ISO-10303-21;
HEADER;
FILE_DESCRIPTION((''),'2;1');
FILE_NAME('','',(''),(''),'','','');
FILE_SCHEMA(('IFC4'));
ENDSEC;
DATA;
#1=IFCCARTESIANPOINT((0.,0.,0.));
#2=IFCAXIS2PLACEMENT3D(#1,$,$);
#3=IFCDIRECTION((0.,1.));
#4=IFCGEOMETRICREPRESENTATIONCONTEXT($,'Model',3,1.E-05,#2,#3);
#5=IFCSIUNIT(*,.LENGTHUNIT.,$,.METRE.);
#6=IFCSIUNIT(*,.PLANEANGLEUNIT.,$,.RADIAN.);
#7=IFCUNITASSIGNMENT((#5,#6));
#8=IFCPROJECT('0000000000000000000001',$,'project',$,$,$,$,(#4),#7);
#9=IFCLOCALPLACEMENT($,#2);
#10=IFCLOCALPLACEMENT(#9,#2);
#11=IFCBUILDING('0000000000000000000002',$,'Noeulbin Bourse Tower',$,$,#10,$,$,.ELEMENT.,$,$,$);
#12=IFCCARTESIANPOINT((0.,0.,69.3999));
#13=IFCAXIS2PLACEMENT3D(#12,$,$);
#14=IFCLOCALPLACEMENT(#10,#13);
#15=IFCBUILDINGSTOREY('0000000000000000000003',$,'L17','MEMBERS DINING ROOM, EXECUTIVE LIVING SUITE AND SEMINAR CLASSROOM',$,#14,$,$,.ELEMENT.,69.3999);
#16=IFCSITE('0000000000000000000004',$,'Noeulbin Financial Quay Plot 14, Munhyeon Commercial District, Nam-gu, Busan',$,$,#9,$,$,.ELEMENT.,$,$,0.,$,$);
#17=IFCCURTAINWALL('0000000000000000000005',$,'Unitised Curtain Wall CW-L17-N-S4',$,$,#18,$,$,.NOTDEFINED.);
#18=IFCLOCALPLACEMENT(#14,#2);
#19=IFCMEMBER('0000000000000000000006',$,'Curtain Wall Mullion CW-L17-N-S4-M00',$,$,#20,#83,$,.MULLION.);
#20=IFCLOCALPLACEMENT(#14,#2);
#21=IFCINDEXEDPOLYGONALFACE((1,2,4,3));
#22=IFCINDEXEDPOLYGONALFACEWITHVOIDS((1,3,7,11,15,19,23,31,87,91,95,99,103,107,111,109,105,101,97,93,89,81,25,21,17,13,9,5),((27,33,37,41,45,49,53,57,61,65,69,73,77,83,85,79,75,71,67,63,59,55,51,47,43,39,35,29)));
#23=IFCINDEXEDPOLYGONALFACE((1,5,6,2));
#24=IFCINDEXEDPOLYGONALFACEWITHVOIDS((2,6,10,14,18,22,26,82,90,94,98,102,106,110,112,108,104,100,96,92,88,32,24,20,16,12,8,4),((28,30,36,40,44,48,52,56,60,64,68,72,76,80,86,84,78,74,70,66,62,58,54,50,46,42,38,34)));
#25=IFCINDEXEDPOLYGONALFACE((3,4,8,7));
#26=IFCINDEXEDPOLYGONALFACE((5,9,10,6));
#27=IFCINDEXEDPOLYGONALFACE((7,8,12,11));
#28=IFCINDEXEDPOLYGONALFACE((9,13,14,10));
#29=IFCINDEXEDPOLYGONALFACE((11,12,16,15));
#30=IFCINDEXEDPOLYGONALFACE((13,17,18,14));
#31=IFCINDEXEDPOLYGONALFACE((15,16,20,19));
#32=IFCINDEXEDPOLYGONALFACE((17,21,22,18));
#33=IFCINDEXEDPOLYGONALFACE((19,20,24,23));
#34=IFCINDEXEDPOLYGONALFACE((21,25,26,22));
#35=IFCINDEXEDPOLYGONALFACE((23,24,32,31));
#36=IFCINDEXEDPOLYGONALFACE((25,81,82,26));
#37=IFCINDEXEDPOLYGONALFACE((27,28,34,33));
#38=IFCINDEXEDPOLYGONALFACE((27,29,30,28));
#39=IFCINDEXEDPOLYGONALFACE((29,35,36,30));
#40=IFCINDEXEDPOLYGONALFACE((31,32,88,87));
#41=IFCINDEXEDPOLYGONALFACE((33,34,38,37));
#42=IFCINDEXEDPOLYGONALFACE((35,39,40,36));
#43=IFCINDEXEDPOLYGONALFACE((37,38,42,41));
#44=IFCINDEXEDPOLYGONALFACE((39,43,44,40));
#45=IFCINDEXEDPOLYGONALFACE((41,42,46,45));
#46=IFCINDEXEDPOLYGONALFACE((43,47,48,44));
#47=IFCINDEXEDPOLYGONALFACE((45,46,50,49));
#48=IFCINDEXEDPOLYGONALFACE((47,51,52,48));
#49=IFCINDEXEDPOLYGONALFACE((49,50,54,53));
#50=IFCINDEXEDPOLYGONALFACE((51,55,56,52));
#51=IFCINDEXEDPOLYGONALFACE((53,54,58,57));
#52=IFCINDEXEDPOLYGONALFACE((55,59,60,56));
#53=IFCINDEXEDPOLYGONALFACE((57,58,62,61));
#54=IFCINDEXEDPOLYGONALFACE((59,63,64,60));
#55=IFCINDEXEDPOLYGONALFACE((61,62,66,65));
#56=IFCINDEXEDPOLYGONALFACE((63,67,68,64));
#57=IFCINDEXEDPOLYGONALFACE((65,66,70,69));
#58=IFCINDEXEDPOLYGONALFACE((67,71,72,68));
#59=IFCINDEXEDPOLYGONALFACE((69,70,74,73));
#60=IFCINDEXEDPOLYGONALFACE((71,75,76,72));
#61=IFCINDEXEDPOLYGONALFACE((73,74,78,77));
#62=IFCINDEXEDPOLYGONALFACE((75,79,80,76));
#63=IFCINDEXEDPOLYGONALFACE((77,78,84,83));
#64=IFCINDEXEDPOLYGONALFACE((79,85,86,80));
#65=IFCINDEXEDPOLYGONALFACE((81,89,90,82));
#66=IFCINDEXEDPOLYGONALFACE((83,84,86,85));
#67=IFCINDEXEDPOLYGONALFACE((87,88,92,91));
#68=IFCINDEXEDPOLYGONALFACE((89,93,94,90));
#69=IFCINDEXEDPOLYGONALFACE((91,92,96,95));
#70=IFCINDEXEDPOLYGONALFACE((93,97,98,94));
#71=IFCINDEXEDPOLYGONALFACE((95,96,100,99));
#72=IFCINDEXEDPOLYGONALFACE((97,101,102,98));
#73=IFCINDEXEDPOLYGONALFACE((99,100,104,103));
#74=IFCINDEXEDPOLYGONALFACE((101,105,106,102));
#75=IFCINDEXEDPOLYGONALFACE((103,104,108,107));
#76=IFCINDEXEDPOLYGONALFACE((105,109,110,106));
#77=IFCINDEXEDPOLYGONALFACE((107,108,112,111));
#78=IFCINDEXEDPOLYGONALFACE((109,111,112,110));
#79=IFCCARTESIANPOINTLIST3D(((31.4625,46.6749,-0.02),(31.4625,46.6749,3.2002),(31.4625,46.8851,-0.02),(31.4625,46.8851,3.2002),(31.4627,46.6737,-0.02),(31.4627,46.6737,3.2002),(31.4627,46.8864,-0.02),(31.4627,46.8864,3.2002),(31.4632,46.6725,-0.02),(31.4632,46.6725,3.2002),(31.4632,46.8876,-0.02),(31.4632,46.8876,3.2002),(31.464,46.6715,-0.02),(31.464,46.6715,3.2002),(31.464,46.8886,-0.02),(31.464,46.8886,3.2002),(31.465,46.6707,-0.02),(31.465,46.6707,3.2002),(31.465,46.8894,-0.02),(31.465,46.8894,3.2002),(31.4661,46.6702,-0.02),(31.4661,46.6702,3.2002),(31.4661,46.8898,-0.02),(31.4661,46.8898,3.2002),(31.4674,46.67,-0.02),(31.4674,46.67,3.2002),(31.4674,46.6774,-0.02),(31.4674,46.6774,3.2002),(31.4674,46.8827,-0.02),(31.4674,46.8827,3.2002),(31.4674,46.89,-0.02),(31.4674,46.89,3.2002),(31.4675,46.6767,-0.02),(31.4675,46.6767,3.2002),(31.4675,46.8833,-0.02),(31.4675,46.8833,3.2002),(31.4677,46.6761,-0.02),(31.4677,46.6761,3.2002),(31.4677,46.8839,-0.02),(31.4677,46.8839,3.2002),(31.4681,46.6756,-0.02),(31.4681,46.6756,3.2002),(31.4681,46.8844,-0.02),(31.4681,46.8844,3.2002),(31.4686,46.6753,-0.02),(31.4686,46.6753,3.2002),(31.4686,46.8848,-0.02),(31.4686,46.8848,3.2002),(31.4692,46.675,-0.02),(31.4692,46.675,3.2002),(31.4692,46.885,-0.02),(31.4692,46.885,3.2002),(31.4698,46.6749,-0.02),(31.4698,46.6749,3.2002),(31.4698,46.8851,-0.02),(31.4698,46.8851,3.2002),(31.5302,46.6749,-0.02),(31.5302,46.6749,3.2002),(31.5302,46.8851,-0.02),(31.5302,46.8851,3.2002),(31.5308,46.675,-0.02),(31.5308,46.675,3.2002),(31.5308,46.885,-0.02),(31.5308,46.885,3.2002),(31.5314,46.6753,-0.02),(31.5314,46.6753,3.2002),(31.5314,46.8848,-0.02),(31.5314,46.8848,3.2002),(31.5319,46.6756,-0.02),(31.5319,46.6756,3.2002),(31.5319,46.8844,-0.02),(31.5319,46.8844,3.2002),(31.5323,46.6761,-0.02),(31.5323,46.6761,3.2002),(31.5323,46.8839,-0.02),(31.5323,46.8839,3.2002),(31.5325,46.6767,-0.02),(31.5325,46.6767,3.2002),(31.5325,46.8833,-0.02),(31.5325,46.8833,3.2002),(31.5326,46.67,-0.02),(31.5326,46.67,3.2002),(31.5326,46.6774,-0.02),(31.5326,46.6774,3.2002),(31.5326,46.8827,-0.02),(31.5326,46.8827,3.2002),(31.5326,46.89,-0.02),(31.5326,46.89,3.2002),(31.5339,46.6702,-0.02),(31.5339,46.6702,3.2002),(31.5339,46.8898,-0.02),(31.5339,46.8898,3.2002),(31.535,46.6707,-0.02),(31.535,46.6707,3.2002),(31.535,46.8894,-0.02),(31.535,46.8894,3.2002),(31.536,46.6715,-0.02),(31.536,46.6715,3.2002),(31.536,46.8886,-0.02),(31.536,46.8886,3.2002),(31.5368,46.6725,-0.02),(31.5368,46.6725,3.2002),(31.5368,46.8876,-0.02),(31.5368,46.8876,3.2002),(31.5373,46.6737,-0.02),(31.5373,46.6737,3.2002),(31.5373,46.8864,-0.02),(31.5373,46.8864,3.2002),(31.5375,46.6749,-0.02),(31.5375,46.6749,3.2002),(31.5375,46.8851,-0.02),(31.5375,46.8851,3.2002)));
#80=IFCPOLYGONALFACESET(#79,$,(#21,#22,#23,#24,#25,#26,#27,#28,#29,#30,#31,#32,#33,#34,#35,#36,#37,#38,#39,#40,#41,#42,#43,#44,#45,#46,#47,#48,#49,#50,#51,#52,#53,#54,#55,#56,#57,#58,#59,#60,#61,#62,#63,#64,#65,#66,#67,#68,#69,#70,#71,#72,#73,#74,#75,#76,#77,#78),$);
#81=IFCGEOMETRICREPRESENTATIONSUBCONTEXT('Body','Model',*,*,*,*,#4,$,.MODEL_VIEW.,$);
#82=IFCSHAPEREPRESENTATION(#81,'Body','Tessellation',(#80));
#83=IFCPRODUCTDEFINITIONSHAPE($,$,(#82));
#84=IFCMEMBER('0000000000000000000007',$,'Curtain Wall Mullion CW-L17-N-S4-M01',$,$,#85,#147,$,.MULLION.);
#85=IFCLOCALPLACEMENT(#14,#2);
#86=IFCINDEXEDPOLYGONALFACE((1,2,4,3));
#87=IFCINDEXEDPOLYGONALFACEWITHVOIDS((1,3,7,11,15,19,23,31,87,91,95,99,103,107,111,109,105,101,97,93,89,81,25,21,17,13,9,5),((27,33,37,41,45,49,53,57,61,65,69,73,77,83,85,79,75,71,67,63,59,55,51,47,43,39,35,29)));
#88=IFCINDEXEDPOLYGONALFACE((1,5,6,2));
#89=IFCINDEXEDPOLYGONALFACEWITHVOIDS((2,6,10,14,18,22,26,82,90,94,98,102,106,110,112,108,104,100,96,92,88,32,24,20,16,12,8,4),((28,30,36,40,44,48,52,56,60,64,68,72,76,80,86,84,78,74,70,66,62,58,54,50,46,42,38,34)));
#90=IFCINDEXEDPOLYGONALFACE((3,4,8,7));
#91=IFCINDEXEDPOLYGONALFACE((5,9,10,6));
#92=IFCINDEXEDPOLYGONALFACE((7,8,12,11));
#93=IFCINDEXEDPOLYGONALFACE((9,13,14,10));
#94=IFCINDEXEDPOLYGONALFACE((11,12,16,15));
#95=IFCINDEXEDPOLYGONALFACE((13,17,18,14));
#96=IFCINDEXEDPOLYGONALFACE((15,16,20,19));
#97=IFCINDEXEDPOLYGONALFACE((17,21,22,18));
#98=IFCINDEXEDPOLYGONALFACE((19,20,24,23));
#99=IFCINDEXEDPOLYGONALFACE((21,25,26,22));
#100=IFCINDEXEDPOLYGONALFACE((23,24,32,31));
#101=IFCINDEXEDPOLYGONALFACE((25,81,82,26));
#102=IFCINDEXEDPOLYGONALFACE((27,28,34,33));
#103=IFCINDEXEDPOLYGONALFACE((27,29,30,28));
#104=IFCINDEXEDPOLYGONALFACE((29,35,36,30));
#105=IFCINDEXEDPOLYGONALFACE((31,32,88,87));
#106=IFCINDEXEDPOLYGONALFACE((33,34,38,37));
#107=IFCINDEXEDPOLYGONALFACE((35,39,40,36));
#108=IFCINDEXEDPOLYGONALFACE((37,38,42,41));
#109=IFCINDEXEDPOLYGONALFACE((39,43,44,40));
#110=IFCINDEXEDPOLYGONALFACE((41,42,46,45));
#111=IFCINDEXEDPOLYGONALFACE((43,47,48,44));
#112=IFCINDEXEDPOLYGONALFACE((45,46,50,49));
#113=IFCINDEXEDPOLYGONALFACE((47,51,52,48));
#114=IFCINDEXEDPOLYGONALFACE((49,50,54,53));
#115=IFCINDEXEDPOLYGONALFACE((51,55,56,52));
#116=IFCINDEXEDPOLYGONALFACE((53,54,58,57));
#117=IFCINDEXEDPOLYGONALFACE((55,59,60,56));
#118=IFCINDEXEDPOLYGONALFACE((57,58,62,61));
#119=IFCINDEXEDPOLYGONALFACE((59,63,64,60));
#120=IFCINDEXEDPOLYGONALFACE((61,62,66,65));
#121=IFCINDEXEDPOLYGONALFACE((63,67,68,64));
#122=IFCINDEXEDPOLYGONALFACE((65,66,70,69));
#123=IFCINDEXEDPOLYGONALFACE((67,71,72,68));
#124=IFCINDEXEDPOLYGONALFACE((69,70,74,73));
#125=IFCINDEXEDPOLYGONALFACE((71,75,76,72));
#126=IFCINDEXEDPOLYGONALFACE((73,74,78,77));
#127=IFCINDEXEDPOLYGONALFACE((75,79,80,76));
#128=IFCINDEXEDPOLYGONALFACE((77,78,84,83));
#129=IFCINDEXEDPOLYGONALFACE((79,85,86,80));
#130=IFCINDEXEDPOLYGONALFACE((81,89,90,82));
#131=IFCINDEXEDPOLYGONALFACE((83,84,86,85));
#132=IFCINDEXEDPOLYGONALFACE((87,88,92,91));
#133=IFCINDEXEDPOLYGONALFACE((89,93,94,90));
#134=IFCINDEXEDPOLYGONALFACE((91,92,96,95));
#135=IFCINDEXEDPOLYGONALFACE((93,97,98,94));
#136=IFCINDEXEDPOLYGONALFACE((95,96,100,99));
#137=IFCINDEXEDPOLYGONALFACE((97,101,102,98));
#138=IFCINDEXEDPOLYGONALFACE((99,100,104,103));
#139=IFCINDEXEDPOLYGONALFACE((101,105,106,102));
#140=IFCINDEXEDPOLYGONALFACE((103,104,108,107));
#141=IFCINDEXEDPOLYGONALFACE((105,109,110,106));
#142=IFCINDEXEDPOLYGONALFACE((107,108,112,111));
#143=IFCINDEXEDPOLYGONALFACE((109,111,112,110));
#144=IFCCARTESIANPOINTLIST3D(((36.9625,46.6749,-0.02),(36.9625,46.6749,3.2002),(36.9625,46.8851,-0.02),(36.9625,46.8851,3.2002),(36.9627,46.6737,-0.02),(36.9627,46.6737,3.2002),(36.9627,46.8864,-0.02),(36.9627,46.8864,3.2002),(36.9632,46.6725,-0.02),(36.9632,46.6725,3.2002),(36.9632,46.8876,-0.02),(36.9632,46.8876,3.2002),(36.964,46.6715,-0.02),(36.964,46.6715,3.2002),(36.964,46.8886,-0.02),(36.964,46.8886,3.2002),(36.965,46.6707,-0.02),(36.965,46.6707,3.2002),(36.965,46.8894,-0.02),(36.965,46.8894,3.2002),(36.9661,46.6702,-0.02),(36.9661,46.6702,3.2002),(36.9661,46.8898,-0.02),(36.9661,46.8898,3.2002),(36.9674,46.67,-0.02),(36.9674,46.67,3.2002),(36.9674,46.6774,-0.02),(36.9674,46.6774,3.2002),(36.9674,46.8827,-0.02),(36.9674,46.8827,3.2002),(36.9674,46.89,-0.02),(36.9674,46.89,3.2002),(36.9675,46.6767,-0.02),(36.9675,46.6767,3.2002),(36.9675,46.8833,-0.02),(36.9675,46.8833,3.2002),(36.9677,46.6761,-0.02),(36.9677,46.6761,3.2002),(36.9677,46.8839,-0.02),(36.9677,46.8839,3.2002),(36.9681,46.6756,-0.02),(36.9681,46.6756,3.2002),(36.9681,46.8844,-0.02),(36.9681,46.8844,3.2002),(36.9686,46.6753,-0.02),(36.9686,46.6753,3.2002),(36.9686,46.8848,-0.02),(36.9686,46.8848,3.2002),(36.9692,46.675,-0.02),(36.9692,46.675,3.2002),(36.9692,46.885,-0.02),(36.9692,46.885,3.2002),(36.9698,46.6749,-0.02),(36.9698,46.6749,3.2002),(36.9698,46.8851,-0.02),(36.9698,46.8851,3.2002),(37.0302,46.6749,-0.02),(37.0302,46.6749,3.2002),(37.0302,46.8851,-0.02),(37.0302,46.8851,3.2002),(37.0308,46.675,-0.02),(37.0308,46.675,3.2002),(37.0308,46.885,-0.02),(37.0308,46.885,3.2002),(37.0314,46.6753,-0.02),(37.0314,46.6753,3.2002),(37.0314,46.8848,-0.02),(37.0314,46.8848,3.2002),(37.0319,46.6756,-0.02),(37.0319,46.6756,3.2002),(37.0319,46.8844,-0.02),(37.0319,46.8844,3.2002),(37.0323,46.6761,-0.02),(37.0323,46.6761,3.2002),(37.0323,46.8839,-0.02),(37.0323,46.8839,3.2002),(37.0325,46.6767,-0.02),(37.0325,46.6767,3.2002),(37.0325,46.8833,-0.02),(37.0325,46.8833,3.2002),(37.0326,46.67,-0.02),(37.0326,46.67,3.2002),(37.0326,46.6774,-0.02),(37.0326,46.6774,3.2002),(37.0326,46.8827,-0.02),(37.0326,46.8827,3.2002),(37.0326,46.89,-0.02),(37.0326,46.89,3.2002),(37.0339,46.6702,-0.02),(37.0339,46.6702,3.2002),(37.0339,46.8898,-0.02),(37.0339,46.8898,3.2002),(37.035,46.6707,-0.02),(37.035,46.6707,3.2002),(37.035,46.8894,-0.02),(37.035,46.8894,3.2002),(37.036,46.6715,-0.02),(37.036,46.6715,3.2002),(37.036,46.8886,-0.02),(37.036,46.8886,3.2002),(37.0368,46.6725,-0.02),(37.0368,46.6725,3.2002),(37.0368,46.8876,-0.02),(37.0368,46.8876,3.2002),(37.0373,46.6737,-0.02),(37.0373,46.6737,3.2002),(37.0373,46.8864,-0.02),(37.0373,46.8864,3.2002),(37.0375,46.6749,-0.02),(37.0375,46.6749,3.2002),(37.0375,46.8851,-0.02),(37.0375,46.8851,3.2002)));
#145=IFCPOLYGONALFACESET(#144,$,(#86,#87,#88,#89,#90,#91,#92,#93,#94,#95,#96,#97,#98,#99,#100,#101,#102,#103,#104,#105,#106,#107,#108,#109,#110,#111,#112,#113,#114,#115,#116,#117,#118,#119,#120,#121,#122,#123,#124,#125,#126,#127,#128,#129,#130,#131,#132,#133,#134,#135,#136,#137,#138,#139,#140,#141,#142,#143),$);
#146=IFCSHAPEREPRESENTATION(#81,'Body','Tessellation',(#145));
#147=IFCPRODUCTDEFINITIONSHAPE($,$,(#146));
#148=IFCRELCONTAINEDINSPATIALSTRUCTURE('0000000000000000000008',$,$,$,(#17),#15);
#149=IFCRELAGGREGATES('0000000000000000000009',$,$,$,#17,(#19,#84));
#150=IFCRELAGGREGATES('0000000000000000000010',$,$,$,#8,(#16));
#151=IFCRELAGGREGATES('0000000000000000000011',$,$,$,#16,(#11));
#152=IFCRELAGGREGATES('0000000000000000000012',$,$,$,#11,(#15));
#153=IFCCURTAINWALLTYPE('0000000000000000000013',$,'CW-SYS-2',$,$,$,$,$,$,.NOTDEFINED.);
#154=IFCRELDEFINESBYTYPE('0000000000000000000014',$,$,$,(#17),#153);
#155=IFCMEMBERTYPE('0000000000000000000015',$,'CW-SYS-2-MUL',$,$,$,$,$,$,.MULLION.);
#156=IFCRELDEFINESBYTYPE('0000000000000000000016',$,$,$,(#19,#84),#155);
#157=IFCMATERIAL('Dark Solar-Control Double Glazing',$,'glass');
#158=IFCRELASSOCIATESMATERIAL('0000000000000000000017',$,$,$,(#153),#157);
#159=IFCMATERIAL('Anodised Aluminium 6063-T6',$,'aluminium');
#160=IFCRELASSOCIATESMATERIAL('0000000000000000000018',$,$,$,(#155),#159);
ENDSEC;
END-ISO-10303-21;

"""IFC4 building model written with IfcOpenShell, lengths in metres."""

from ifc_helpers import new_model, si_unit, direction, frame, origin, origin_2d, place, context, subcontext, project, spatial, hollow_rectangle, extrude, material, material_profile, profile_set, type_object, element, aggregate, save


model = new_model("IFC4")

# Units and contexts
model_context = context("Model", 3, precision=1e-05, world=origin(), true_north=direction((0.0, 1.0)))
body_context = subcontext(model_context, "Body", "Model", "MODEL_VIEW")
ifc_project = project(units=[si_unit("LENGTHUNIT", "METRE"), si_unit("PLANEANGLEUNIT", "RADIAN")], contexts=[model_context])

# Site, building, storey
site_placement = place(None, origin())
site = spatial("IfcSite", under=ifc_project, at=site_placement, Name="Noeulbin Financial Quay Plot 14, Munhyeon Commercial District, Nam-gu, Busan", CompositionType="ELEMENT", RefElevation=0.0)
building_placement = place(site_placement, origin())
building = spatial("IfcBuilding", under=site, at=building_placement, Name="Noeulbin Bourse Tower", CompositionType="ELEMENT")
storey_placement = place(building_placement, frame((0.0, 0.0, 69.3999)))
storey = spatial("IfcBuildingStorey", under=building, at=storey_placement, Name="L17", Description="MEMBERS DINING ROOM, EXECUTIVE LIVING SUITE AND SEMINAR CLASSROOM", CompositionType="ELEMENT", Elevation=69.3999)

# Shared definitions
ifc_material_1 = material(Name="Dark Solar-Control Double Glazing", Category="glass")
curtain_wall_type = type_object("IfcCurtainWallType", Name="CW-SYS-2", PredefinedType="NOTDEFINED", material=ifc_material_1)
ifc_material_2 = material(Name="Anodised Aluminium 6063-T6", Category="aluminium")
ifc_material_profile_1 = material_profile(ifc_material_2, hollow_rectangle(XDim=0.075, YDim=0.22, WallThickness=0.0049, InnerFilletRadius=0.0024, OuterFilletRadius=0.0049, at=origin_2d()), Name="ALU-MULL-75x220x5", Category="LoadBearing")
ifc_profile_set_1 = profile_set([ifc_material_profile_1], Name="Anodised Aluminium 6063-T6")
member_type_1 = type_object("IfcMemberType", Name="CW-SYS-2-MUL", PredefinedType="MULLION", material=ifc_profile_set_1)

# Curtain wall, members
curtain_wall_1_placement = place(storey_placement, origin())
curtain_wall_1 = element("IfcCurtainWall", 1, at=curtain_wall_1_placement, inside=storey, type_object=curtain_wall_type, Name="Unitised Curtain Wall CW-L17-N-S4", PredefinedType="NOTDEFINED")
member_1_placement = place(storey_placement, frame((31.5, 46.78, -0.02), z_axis=(0.0, 0.0, 1.0), x_axis=(1.0, 0.0, 0.0)))
member_1 = element("IfcMember", 2, at=member_1_placement, type_object=member_type_1, Name="Curtain Wall Mullion CW-L17-N-S4-M00", PredefinedType="MULLION", context=body_context, shape_type="SweptSolid", body=[
    extrude(hollow_rectangle(XDim=0.075, YDim=0.22, WallThickness=0.0049, InnerFilletRadius=0.0024, OuterFilletRadius=0.0049, at=origin_2d()), origin(), (0.0, 0.0, 1.0), 3.2202),
])
member_2_placement = place(storey_placement, frame((37.0, 46.78, -0.02), z_axis=(0.0, 0.0, 1.0), x_axis=(1.0, 0.0, 0.0)))
member_2 = element("IfcMember", 3, at=member_2_placement, type_object=member_type_1, Name="Curtain Wall Mullion CW-L17-N-S4-M01", PredefinedType="MULLION", context=body_context, shape_type="SweptSolid", body=[
    extrude(hollow_rectangle(XDim=0.075, YDim=0.22, WallThickness=0.0049, InnerFilletRadius=0.0024, OuterFilletRadius=0.0049, at=origin_2d()), origin(), (0.0, 0.0, 1.0), 3.2202),
])

aggregate(curtain_wall_1, [member_1, member_2])

save(model, "model.ifc")
